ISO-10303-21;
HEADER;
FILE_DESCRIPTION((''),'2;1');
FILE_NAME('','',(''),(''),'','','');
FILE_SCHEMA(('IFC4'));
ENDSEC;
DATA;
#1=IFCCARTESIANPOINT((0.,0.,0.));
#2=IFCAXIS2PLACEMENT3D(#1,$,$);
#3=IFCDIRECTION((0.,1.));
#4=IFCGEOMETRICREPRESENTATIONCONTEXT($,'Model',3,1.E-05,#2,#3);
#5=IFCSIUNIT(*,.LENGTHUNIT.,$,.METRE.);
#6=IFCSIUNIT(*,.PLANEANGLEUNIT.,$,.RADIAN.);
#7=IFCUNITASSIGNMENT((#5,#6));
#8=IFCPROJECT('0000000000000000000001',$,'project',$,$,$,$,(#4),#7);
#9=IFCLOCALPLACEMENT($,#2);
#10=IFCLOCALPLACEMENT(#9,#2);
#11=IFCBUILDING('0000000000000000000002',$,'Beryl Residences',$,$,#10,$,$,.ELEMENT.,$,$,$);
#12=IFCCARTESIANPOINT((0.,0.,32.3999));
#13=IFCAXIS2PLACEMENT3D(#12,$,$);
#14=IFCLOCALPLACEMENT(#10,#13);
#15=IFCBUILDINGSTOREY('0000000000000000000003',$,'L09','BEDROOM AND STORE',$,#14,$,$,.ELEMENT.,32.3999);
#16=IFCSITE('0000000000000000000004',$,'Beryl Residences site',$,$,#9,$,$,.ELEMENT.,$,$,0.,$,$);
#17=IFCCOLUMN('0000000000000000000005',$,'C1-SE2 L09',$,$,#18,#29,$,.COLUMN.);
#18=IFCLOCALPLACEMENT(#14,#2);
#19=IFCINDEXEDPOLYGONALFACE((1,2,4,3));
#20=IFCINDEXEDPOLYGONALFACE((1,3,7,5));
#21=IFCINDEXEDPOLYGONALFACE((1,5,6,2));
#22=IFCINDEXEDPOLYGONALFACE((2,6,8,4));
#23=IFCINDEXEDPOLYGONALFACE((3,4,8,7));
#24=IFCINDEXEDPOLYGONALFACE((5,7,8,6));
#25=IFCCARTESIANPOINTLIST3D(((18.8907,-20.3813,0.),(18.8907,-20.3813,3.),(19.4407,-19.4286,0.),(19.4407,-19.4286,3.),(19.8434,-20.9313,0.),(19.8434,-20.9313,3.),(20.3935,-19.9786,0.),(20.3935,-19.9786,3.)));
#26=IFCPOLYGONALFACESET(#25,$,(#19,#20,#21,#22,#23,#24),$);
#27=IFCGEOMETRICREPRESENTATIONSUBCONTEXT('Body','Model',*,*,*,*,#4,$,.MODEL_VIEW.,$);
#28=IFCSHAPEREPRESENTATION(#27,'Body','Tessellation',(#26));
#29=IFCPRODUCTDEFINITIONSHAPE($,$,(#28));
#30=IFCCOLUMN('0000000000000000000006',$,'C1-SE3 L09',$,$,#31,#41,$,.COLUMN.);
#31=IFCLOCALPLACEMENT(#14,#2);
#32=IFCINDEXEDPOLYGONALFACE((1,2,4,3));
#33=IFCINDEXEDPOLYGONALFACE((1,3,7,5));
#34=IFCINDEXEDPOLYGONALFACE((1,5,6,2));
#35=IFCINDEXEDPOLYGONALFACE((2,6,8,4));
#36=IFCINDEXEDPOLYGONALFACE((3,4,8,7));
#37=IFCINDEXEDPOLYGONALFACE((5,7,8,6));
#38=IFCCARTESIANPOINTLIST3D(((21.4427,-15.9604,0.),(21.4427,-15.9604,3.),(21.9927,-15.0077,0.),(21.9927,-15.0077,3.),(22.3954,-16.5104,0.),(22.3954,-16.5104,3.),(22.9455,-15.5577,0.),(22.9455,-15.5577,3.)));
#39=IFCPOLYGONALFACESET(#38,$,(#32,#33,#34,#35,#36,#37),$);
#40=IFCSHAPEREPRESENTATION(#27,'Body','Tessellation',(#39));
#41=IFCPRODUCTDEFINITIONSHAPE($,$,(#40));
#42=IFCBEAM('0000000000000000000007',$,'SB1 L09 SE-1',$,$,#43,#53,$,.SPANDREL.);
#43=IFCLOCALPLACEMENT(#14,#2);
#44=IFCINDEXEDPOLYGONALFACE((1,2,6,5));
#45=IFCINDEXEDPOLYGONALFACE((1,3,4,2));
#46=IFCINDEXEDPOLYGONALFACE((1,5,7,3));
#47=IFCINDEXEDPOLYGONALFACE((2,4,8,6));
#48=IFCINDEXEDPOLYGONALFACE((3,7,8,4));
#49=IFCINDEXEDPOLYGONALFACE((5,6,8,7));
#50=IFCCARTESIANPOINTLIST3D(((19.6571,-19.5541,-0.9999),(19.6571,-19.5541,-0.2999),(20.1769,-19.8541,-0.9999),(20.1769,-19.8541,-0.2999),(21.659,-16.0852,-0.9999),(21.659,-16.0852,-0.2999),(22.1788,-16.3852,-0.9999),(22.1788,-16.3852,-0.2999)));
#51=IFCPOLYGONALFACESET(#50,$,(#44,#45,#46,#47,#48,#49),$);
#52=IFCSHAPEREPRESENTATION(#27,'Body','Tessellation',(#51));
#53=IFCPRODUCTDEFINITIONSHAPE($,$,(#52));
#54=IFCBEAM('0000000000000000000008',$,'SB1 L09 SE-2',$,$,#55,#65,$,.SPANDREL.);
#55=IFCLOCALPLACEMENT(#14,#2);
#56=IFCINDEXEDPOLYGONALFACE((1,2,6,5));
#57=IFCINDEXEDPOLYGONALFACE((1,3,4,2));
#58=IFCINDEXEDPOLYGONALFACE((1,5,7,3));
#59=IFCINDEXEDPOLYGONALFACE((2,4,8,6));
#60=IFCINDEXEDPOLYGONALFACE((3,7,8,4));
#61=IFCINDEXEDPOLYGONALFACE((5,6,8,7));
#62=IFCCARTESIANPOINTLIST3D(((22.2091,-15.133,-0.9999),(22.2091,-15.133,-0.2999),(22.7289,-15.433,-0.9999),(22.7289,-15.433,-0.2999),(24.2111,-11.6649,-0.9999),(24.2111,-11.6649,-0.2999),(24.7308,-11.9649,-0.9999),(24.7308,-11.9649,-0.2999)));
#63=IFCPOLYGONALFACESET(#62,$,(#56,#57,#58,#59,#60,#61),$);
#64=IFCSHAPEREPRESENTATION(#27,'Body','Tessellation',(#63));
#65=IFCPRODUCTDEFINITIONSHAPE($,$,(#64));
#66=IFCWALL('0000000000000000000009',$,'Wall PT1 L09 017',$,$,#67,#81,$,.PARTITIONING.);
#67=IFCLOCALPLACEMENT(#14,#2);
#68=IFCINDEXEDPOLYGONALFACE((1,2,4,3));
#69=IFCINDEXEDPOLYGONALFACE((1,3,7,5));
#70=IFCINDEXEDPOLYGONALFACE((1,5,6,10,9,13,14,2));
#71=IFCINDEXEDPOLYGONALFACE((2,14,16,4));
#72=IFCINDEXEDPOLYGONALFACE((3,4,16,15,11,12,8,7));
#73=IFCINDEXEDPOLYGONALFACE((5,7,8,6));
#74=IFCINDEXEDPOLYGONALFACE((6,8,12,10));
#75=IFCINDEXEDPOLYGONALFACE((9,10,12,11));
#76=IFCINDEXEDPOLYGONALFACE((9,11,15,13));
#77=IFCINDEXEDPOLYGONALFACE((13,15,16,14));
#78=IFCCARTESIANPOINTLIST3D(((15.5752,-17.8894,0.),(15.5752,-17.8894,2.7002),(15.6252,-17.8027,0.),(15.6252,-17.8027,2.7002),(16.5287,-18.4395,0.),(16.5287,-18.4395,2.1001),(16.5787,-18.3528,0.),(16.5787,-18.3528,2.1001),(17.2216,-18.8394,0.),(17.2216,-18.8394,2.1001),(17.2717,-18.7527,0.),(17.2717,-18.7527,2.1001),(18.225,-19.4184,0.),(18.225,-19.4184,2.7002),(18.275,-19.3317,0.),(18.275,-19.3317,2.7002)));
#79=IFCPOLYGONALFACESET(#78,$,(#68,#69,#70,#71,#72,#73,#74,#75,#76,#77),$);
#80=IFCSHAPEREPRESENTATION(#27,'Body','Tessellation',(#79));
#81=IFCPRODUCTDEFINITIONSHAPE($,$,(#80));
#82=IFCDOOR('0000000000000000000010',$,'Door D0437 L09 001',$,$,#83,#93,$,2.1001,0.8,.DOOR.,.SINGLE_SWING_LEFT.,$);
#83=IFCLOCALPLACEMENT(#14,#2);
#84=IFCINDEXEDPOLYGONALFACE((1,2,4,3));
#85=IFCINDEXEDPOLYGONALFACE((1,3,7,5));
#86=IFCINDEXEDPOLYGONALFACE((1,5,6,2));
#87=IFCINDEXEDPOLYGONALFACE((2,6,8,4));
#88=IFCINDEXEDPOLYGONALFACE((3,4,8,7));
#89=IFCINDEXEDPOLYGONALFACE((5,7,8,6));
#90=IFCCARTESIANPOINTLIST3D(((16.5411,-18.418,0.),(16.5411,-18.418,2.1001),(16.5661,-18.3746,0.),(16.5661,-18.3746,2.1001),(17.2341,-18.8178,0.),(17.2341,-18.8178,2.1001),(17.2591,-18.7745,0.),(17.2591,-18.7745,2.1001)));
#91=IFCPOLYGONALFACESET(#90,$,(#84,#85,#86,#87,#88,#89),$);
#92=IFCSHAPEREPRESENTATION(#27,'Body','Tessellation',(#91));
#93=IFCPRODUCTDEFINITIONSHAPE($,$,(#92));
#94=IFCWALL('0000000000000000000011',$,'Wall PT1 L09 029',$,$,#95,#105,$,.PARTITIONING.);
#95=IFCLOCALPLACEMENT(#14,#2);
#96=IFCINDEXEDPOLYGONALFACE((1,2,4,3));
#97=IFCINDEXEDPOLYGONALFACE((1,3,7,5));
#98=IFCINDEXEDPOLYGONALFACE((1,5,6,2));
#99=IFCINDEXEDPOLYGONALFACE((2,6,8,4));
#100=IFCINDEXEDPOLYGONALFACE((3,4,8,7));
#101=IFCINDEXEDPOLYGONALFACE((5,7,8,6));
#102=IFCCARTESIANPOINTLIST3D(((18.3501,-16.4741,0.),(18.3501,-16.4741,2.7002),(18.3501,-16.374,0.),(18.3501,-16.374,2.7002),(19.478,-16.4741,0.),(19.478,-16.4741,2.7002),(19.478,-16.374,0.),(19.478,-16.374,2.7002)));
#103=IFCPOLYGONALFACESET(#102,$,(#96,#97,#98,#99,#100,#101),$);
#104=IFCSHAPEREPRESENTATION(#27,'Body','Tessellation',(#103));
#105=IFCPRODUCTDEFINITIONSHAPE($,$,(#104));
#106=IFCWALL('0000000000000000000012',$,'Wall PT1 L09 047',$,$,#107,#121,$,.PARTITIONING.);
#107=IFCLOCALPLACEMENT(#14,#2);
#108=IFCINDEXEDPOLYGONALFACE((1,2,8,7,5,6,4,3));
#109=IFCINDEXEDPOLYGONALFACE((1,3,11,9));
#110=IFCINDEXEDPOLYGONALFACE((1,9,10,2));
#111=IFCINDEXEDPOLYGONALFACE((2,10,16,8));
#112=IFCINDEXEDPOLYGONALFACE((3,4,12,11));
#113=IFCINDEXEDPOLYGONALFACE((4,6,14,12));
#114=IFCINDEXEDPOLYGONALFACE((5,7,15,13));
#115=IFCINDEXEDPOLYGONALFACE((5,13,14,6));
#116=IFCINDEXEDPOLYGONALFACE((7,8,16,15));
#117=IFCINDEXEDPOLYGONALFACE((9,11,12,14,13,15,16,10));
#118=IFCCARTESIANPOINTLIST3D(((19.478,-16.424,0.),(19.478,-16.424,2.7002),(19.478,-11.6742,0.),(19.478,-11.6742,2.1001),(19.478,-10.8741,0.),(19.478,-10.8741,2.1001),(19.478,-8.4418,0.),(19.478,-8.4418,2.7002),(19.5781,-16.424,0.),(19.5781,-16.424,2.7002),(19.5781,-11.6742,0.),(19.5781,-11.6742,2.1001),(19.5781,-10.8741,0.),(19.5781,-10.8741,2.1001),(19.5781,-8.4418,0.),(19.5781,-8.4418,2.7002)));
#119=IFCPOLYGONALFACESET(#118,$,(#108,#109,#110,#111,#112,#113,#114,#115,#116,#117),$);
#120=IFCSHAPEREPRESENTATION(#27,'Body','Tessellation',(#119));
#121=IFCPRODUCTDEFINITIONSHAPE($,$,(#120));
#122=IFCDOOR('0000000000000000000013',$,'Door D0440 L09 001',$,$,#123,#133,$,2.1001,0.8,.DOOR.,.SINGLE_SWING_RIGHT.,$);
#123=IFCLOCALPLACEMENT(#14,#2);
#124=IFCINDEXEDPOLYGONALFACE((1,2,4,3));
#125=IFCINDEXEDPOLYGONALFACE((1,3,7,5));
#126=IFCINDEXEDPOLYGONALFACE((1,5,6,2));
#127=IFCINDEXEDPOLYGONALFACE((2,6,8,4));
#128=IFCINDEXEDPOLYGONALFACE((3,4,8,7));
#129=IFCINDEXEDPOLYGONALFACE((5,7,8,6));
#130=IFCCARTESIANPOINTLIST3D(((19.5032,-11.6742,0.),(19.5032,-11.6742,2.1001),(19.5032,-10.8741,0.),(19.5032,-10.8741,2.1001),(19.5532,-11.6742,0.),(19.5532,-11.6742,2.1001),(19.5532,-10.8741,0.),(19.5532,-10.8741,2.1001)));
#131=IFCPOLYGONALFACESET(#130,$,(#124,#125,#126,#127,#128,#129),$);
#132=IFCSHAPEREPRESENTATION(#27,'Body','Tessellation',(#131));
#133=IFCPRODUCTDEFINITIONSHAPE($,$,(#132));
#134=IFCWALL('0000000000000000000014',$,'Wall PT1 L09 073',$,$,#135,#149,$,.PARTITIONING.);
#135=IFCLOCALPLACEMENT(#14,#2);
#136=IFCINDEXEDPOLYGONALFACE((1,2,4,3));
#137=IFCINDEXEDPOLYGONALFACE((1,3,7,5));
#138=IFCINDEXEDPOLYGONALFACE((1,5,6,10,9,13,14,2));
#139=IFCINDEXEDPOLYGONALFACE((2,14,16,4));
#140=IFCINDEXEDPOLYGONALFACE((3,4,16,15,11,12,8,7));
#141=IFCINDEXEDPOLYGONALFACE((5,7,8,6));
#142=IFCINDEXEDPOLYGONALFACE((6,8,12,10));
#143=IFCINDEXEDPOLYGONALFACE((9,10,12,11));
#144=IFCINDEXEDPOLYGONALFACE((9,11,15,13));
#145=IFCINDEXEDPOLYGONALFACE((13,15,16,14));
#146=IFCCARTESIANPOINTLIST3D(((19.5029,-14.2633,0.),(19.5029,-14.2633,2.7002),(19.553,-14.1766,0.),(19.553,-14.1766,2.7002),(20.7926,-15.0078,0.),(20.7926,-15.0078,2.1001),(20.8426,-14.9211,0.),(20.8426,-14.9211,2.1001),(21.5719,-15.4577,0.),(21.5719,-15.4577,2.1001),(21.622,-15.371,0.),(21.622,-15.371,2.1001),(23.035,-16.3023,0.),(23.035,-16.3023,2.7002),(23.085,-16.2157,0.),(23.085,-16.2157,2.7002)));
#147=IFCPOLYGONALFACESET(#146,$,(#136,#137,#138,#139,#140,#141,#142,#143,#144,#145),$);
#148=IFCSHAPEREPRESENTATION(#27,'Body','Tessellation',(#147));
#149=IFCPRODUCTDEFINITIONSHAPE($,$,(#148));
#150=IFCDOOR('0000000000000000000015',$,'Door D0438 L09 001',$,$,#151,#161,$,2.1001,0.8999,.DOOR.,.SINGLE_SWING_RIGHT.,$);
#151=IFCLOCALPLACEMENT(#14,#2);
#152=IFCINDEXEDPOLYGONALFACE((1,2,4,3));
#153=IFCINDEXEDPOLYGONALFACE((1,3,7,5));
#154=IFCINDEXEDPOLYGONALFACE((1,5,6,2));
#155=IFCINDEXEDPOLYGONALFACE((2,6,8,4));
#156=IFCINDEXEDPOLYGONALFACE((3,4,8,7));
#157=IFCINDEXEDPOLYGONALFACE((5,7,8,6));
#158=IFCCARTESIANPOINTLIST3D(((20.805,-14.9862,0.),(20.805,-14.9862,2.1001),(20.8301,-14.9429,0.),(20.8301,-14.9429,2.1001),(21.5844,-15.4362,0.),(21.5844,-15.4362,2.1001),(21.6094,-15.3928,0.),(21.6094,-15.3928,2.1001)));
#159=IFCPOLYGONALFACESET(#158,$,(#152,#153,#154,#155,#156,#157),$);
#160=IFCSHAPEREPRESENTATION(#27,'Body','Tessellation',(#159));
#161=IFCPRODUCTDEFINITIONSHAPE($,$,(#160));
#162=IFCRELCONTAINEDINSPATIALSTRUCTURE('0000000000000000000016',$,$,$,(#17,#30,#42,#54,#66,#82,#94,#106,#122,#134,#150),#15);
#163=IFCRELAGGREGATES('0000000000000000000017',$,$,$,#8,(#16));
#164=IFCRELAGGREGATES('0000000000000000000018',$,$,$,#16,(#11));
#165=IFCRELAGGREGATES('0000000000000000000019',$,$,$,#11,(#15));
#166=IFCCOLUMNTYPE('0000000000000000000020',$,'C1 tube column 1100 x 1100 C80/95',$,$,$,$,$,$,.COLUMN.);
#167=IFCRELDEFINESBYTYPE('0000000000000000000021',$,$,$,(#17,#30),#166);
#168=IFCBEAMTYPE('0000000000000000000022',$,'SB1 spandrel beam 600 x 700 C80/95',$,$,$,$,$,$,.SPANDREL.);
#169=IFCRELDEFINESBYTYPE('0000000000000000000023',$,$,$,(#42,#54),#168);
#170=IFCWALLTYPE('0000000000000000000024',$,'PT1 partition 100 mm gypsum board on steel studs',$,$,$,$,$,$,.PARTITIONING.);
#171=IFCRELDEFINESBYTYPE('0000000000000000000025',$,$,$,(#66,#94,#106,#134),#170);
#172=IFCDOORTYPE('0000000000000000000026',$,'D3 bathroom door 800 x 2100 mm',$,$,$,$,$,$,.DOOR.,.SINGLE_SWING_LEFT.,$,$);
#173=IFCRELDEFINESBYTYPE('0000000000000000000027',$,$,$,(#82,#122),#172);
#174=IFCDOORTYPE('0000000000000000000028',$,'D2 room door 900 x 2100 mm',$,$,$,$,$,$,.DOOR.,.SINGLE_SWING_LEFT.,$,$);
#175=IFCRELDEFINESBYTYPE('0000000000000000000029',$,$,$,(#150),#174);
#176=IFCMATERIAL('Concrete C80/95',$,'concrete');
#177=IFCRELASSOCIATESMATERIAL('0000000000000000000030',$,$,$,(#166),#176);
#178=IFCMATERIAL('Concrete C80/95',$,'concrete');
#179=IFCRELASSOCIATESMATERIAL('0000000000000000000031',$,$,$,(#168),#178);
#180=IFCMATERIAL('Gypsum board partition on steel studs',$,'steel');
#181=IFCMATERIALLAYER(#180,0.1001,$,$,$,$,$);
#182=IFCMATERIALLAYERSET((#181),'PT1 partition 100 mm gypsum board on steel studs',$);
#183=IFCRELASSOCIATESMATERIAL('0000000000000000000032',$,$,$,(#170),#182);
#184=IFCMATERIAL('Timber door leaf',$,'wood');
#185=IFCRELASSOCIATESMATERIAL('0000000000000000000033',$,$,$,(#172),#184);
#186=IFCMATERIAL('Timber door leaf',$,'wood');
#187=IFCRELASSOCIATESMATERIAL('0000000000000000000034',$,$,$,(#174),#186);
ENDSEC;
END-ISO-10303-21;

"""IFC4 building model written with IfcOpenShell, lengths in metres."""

from ifc_helpers import new_model, si_unit, direction, frame, frame_2d, origin, origin_2d, place, context, subcontext, project, spatial, rectangle, extrude, material, layer, layer_set, material_profile, profile_set, type_object, element, fill, save


model = new_model("IFC4")

# Units and contexts
model_context = context("Model", 3, precision=1e-05, world=origin(), true_north=direction((0.0, 1.0)))
body_context = subcontext(model_context, "Body", "Model", "MODEL_VIEW")
ifc_project = project(units=[si_unit("LENGTHUNIT", "METRE"), si_unit("PLANEANGLEUNIT", "RADIAN")], contexts=[model_context])

# Site, building, storey
site_placement = place(None, origin())
site = spatial("IfcSite", under=ifc_project, at=site_placement, Name="Beryl Residences site", CompositionType="ELEMENT", RefElevation=0.0)
building_placement = place(site_placement, origin())
building = spatial("IfcBuilding", under=site, at=building_placement, Name="Beryl Residences", CompositionType="ELEMENT")
storey_placement = place(building_placement, frame((0.0, 0.0, 32.3999)))
storey = spatial("IfcBuildingStorey", under=building, at=storey_placement, Name="L09", Description="BEDROOM AND STORE", CompositionType="ELEMENT", Elevation=32.3999)

# Columns
ifc_material_1 = material(Name="Concrete C80/95", Category="concrete")
ifc_material_profile_1 = material_profile(ifc_material_1, rectangle(XDim=1.1001, YDim=1.1001, at=origin_2d()))
ifc_profile_set_1 = profile_set([ifc_material_profile_1], Name="Concrete C80/95")
column_type = type_object("IfcColumnType", Name="C1 tube column 1100 x 1100 C80/95", PredefinedType="COLUMN", material=ifc_profile_set_1)
for number, where, z_axis, x_axis, name in (
    (1, (19.6421, -20.1799, 0.0), (0.0, 0.0, 1.0), (0.499985, 0.866034, 0.0), "C1-SE2 L09"),
    (2, (22.1941, -15.759, 0.0), (0.0, 0.0, 1.0), (0.499985, 0.866034, 0.0), "C1-SE3 L09"),
):
    element("IfcColumn", number, at=place(storey_placement, frame(where, z_axis=z_axis, x_axis=x_axis)), inside=storey, type_object=column_type, Name=name, PredefinedType="COLUMN", context=body_context, shape_type="SweptSolid", body=[
        extrude(rectangle(XDim=1.1001, YDim=1.1001, at=origin_2d()), origin(), (0.0, 0.0, 1.0), 3.0),
    ])

# Beams
ifc_material_2 = material(Name="Concrete C80/95", Category="concrete")
ifc_material_profile_2 = material_profile(ifc_material_2, rectangle(XDim=0.6001, YDim=0.7, at=origin_2d()))
ifc_profile_set_2 = profile_set([ifc_material_profile_2], Name="Concrete C80/95")
beam_type = type_object("IfcBeamType", Name="SB1 spandrel beam 600 x 700 C80/95", PredefinedType="SPANDREL", material=ifc_profile_set_2)
beam_1_placement = place(storey_placement, frame((19.917, -19.7041, -0.6499), z_axis=(0.499837, 0.86612, 0.0), x_axis=(-0.86612, 0.499837, 0.0)))
element("IfcBeam", 3, at=beam_1_placement, inside=storey, type_object=beam_type, Name="SB1 L09 SE-1", PredefinedType="SPANDREL", context=body_context, shape_type="SweptSolid", body=[
    extrude(rectangle(XDim=0.6001, YDim=0.7, at=origin_2d()), origin(), (0.0, 0.0, 1.0), 4.0051),
])
beam_2_placement = place(storey_placement, frame((22.469, -15.283, -0.6499), z_axis=(0.499942, 0.866059, 0.0), x_axis=(-0.866059, 0.499942, 0.0)))
element("IfcBeam", 4, at=beam_2_placement, inside=storey, type_object=beam_type, Name="SB1 L09 SE-2", PredefinedType="SPANDREL", context=body_context, shape_type="SweptSolid", body=[
    extrude(rectangle(XDim=0.6001, YDim=0.7, at=origin_2d()), origin(), (0.0, 0.0, 1.0), 4.0044),
])

# Wall, opening, door
ifc_material_3 = material(Name="Gypsum board partition on steel studs", Category="steel")
ifc_layer_1 = layer(ifc_material_3, 0.1001)
ifc_layer_set_1 = layer_set([ifc_layer_1], Name="PT1 partition 100 mm gypsum board on steel studs")
wall_type_1 = type_object("IfcWallType", Name="PT1 partition 100 mm gypsum board on steel studs", PredefinedType="PARTITIONING", material=ifc_layer_set_1)
wall_1_placement = place(storey_placement, frame((15.6001, -17.8459, 0.0), z_axis=(0.0, 0.0, 1.0), x_axis=(0.866148, -0.499787, 0.0)))
wall_1 = element("IfcWall", 5, at=wall_1_placement, inside=storey, type_object=wall_type_1, Name="Wall PT1 L09 017", PredefinedType="PARTITIONING", context=body_context, shape_type="SweptSolid", body=[
    extrude(rectangle(XDim=3.0593, YDim=0.1001, at=frame_2d((1.5298, 0.0))), origin(), (0.0, 0.0, 1.0), 2.7002),
])
opening_1_placement = place(wall_1_placement, frame((1.1011, 0.0, 0.0)))
opening_1 = element("IfcOpeningElement", 6, at=opening_1_placement, cuts=wall_1, PredefinedType="OPENING", context=body_context, shape_type="SweptSolid", body=[
    extrude(rectangle(XDim=0.8, YDim=2.1001, at=frame_2d((0.3999, 1.05))), frame((0.0, 0.0601, 0.0), z_axis=(0.0, -1.0, 0.0), x_axis=(1.0, 0.0, 0.0)), (0.0, 0.0, 1.0), 0.1201),
])
ifc_material_4 = material(Name="Timber door leaf", Category="wood")
door_type_1 = type_object("IfcDoorType", Name="D3 bathroom door 800 x 2100 mm", OperationType="SINGLE_SWING_LEFT", PredefinedType="DOOR", material=ifc_material_4)
door_1_placement = place(opening_1_placement, origin())
door_1 = element("IfcDoor", 7, at=door_1_placement, inside=storey, type_object=door_type_1, Name="Door D0437 L09 001", OperationType="SINGLE_SWING_LEFT", OverallHeight=2.1001, OverallWidth=0.8, PredefinedType="DOOR", context=body_context, shape_type="SweptSolid", body=[
    extrude(rectangle(XDim=0.8, YDim=2.1001, at=frame_2d((0.3999, 1.05))), frame((0.0, 0.0249, 0.0), z_axis=(0.0, -1.0, 0.0), x_axis=(1.0, 0.0, 0.0)), (0.0, 0.0, 1.0), 0.05),
])
fill(opening_1, door_1)

# Wall
wall_2_placement = place(storey_placement, frame((18.3501, -16.4241, 0.0), z_axis=(0.0, 0.0, 1.0), x_axis=(1.0, 0.0, 0.0)))
element("IfcWall", 8, at=wall_2_placement, inside=storey, type_object=wall_type_1, Name="Wall PT1 L09 029", PredefinedType="PARTITIONING", context=body_context, shape_type="SweptSolid", body=[
    extrude(rectangle(XDim=1.1279, YDim=0.1001, at=frame_2d((0.564, 0.0))), origin(), (0.0, 0.0, 1.0), 2.7002),
])

# Walls, openings, doors
wall_3_placement = place(storey_placement, frame((19.5281, -16.4241, 0.0), z_axis=(0.0, 0.0, 1.0), x_axis=(0.0, 1.0, 0.0)))
wall_3 = element("IfcWall", 9, at=wall_3_placement, inside=storey, type_object=wall_type_1, Name="Wall PT1 L09 047", PredefinedType="PARTITIONING", context=body_context, shape_type="SweptSolid", body=[
    extrude(rectangle(XDim=7.9822, YDim=0.1001, at=frame_2d((3.9912, 0.0))), origin(), (0.0, 0.0, 1.0), 2.7002),
])
opening_2_placement = place(wall_3_placement, frame((4.75, 0.0, 0.0)))
opening_2 = element("IfcOpeningElement", 10, at=opening_2_placement, cuts=wall_3, PredefinedType="OPENING", context=body_context, shape_type="SweptSolid", body=[
    extrude(rectangle(XDim=0.8, YDim=2.1001, at=frame_2d((0.3999, 1.05))), frame((0.0, 0.0601, 0.0), z_axis=(0.0, -1.0, 0.0), x_axis=(1.0, 0.0, 0.0)), (0.0, 0.0, 1.0), 0.1201),
])
door_2_placement = place(opening_2_placement, origin())
door_2 = element("IfcDoor", 11, at=door_2_placement, inside=storey, type_object=door_type_1, Name="Door D0440 L09 001", OperationType="SINGLE_SWING_RIGHT", OverallHeight=2.1001, OverallWidth=0.8, PredefinedType="DOOR", context=body_context, shape_type="SweptSolid", body=[
    extrude(rectangle(XDim=0.8, YDim=2.1001, at=frame_2d((0.3999, 1.05))), frame((0.0, 0.0249, 0.0), z_axis=(0.0, -1.0, 0.0), x_axis=(1.0, 0.0, 0.0)), (0.0, 0.0, 1.0), 0.05),
])
fill(opening_2, door_2)
wall_4_placement = place(storey_placement, frame((19.5281, -14.22, 0.0), z_axis=(0.0, 0.0, 1.0), x_axis=(0.866039, -0.499976, 0.0)))
wall_4 = element("IfcWall", 12, at=wall_4_placement, inside=storey, type_object=wall_type_1, Name="Wall PT1 L09 073", PredefinedType="PARTITIONING", context=body_context, shape_type="SweptSolid", body=[
    extrude(rectangle(XDim=4.0784, YDim=0.1001, at=frame_2d((2.0391, 0.0))), origin(), (0.0, 0.0, 1.0), 2.7002),
])
opening_3_placement = place(wall_4_placement, frame((1.489, 0.0, 0.0)))
opening_3 = element("IfcOpeningElement", 13, at=opening_3_placement, cuts=wall_4, PredefinedType="OPENING", context=body_context, shape_type="SweptSolid", body=[
    extrude(rectangle(XDim=0.8999, YDim=2.1001, at=frame_2d((0.45, 1.05))), frame((0.0, 0.0601, 0.0), z_axis=(0.0, -1.0, 0.0), x_axis=(1.0, 0.0, 0.0)), (0.0, 0.0, 1.0), 0.1201),
])
ifc_material_5 = material(Name="Timber door leaf", Category="wood")
door_type_2 = type_object("IfcDoorType", Name="D2 room door 900 x 2100 mm", OperationType="SINGLE_SWING_LEFT", PredefinedType="DOOR", material=ifc_material_5)
door_3_placement = place(opening_3_placement, origin())
door_3 = element("IfcDoor", 14, at=door_3_placement, inside=storey, type_object=door_type_2, Name="Door D0438 L09 001", OperationType="SINGLE_SWING_RIGHT", OverallHeight=2.1001, OverallWidth=0.8999, PredefinedType="DOOR", context=body_context, shape_type="SweptSolid", body=[
    extrude(rectangle(XDim=0.8999, YDim=2.1001, at=frame_2d((0.45, 1.05))), frame((0.0, 0.0249, 0.0), z_axis=(0.0, -1.0, 0.0), x_axis=(1.0, 0.0, 0.0)), (0.0, 0.0, 1.0), 0.05),
])
fill(opening_3, door_3)

save(model, "model.ifc")
